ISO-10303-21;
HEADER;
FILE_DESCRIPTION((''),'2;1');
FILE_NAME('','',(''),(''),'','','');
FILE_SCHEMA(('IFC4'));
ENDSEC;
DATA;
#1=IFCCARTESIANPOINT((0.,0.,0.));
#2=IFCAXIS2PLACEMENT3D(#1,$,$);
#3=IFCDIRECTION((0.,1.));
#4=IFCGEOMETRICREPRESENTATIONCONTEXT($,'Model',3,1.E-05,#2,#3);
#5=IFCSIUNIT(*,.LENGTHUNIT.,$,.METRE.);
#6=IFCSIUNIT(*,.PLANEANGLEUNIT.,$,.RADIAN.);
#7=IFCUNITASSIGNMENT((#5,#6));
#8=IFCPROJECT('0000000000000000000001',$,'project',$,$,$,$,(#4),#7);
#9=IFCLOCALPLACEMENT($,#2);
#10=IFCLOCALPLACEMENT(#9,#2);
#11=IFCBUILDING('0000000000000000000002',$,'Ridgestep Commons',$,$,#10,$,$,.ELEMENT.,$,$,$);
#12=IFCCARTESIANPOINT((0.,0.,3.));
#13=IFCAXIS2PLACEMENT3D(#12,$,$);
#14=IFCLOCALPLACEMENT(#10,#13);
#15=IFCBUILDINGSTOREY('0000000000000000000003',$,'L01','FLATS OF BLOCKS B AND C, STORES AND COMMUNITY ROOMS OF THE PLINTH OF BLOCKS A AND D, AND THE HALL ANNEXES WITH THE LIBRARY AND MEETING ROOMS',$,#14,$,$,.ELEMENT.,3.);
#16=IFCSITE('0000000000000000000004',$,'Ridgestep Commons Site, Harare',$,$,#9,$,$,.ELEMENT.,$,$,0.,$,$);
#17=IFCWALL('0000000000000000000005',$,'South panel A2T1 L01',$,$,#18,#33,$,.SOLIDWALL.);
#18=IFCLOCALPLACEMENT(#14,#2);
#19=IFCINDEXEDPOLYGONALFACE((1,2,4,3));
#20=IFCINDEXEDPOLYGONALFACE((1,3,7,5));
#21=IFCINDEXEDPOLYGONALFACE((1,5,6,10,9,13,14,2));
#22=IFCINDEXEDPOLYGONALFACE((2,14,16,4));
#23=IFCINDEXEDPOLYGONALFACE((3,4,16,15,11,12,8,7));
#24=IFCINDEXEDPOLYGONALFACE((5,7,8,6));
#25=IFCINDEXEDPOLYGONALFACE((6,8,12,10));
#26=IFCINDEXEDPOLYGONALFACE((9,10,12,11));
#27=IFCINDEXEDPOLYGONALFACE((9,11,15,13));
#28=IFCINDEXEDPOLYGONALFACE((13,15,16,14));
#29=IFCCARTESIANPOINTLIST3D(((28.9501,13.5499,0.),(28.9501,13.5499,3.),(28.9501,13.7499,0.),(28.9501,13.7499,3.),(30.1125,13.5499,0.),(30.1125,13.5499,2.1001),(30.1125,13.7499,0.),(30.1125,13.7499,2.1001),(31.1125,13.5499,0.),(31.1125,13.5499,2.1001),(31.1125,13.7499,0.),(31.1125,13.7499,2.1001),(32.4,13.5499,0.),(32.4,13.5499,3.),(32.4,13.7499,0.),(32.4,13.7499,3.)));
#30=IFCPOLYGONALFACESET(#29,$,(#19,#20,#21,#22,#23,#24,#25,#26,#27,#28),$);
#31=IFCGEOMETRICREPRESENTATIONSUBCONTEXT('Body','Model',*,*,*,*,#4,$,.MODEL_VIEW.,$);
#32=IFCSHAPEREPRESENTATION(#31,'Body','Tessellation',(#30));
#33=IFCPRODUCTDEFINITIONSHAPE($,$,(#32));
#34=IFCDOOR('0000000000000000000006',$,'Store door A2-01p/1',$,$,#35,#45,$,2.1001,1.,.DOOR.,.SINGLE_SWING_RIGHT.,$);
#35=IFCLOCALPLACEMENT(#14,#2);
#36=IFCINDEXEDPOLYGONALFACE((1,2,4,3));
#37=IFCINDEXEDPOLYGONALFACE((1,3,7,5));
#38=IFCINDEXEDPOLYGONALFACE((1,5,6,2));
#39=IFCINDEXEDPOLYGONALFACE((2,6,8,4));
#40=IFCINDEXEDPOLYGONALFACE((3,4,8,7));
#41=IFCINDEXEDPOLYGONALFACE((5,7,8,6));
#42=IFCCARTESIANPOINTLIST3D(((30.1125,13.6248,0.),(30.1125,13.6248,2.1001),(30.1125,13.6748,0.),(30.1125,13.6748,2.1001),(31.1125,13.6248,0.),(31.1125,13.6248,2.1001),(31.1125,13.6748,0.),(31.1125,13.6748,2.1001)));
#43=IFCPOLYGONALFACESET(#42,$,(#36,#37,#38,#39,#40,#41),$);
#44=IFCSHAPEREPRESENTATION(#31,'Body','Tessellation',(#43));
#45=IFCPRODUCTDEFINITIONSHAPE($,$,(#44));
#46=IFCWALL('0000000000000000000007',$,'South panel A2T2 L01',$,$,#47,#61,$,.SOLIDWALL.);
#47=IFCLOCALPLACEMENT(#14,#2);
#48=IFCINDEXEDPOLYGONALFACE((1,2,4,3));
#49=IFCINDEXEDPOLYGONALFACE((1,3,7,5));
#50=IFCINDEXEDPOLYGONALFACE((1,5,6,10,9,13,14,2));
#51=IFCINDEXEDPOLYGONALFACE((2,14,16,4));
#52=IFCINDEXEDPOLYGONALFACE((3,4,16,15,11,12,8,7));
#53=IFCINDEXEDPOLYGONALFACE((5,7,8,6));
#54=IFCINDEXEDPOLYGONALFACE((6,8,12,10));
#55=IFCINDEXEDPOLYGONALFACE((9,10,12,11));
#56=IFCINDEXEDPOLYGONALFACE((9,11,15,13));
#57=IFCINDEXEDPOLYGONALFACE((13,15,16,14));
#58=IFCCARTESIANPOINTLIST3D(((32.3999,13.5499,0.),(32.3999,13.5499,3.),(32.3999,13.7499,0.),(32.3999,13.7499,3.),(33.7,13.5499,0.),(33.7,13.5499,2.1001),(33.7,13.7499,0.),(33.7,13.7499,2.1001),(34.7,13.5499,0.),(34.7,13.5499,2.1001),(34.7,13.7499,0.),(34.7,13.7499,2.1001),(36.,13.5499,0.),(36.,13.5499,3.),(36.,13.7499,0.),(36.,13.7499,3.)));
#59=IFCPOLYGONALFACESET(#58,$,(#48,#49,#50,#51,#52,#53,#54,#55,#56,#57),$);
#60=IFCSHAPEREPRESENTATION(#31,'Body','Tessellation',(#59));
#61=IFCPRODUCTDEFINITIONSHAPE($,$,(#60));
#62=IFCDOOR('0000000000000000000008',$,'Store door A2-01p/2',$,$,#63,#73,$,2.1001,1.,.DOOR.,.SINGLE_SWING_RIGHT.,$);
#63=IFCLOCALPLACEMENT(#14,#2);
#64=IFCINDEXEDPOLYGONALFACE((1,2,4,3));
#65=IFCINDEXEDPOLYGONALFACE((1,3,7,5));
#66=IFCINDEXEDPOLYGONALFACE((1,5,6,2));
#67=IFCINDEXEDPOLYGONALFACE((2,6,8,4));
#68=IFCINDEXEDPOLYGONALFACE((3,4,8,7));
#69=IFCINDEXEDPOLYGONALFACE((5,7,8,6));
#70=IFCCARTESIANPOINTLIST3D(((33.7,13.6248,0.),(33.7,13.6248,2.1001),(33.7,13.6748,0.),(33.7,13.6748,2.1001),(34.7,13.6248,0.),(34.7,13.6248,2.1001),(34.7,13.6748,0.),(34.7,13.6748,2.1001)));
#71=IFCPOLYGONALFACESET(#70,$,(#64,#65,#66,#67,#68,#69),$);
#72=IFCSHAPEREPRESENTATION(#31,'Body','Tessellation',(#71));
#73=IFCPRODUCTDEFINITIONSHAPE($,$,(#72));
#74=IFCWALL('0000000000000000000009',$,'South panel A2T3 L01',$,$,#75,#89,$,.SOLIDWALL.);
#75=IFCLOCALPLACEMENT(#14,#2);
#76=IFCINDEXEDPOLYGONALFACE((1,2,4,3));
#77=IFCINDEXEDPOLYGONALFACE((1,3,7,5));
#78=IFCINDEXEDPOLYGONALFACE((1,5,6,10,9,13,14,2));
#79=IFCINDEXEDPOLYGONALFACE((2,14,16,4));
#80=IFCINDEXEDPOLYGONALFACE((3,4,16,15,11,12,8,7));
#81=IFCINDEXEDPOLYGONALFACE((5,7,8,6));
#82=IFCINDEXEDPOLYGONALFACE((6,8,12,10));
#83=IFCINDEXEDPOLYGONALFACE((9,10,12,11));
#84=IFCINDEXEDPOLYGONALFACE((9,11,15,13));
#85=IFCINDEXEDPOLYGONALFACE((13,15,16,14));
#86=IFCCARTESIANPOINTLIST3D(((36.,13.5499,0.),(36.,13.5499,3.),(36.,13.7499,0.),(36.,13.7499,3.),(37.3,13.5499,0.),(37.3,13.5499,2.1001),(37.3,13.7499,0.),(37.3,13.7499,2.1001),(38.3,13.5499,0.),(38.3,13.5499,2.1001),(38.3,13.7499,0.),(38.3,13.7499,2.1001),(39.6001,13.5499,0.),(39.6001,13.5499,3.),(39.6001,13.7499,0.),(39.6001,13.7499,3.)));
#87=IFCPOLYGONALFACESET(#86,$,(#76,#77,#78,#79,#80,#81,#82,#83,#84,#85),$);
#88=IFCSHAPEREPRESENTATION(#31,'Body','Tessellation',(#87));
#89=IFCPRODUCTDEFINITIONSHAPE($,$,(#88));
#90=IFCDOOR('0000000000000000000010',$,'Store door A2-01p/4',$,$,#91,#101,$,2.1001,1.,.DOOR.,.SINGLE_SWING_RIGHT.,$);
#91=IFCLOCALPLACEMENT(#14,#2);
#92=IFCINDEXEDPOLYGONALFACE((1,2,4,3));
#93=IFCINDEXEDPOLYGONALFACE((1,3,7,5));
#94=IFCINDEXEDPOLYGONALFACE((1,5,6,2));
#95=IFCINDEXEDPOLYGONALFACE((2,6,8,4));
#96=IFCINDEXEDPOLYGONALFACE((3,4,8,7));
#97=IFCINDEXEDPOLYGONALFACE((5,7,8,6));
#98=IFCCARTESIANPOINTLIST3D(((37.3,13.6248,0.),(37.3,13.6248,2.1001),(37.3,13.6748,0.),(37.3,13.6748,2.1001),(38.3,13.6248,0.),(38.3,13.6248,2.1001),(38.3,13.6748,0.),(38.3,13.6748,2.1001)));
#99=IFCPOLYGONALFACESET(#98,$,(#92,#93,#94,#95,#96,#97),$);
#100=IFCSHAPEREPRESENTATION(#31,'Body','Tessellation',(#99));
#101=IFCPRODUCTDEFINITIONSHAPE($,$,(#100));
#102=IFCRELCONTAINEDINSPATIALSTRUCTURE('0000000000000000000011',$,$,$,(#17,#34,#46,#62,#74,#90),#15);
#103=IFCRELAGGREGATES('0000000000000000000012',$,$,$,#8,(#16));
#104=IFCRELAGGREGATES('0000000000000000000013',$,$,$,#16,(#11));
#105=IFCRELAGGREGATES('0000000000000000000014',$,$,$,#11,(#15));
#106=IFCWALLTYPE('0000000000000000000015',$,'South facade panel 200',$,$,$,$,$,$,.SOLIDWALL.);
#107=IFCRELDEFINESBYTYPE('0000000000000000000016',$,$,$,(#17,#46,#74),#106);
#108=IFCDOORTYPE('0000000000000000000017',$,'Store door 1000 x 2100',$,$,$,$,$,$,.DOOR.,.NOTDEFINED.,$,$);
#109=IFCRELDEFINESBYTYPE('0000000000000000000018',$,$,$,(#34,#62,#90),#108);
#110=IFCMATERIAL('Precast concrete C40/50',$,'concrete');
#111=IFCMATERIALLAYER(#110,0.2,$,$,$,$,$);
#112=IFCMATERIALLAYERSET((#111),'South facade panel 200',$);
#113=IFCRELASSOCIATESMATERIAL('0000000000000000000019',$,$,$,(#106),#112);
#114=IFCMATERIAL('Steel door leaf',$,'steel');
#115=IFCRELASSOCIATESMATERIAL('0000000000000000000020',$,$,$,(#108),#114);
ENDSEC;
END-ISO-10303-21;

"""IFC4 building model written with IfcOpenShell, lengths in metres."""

from ifc_helpers import new_model, si_unit, direction, frame, frame_2d, origin, place, context, subcontext, project, spatial, rectangle, extrude, material, layer, layer_set, type_object, element, fill, save


model = new_model("IFC4")

# Units and contexts
model_context = context("Model", 3, precision=1e-05, world=origin(), true_north=direction((0.0, 1.0)))
body_context = subcontext(model_context, "Body", "Model", "MODEL_VIEW")
ifc_project = project(units=[si_unit("LENGTHUNIT", "METRE"), si_unit("PLANEANGLEUNIT", "RADIAN")], contexts=[model_context])

# Site, building, storey
site_placement = place(None, origin())
site = spatial("IfcSite", under=ifc_project, at=site_placement, Name="Ridgestep Commons Site, Harare", CompositionType="ELEMENT", RefElevation=0.0)
building_placement = place(site_placement, origin())
building = spatial("IfcBuilding", under=site, at=building_placement, Name="Ridgestep Commons", CompositionType="ELEMENT")
storey_placement = place(building_placement, frame((0.0, 0.0, 3.0)))
storey = spatial("IfcBuildingStorey", under=building, at=storey_placement, Name="L01", Description="FLATS OF BLOCKS B AND C, STORES AND COMMUNITY ROOMS OF THE PLINTH OF BLOCKS A AND D, AND THE HALL ANNEXES WITH THE LIBRARY AND MEETING ROOMS", CompositionType="ELEMENT", Elevation=3.0)

# Walls, openings, doors
ifc_material_1 = material(Name="Precast concrete C40/50", Category="concrete")
ifc_layer_1 = layer(ifc_material_1, 0.2)
ifc_layer_set_1 = layer_set([ifc_layer_1], Name="South facade panel 200")
wall_type_1 = type_object("IfcWallType", Name="South facade panel 200", PredefinedType="SOLIDWALL", material=ifc_layer_set_1)
wall_1_placement = place(storey_placement, frame((28.95, 13.6499, 0.0), z_axis=(0.0, 0.0, 1.0), x_axis=(1.0, 0.0, 0.0)))
wall_1 = element("IfcWall", 1, at=wall_1_placement, inside=storey, type_object=wall_type_1, Name="South panel A2T1 L01", PredefinedType="SOLIDWALL", context=body_context, shape_type="SweptSolid", body=[
    extrude(rectangle(XDim=3.45, YDim=0.2, at=frame_2d((1.7251, 0.0))), origin(), (0.0, 0.0, 1.0), 3.0),
])
opening_1_placement = place(wall_1_placement, frame((1.1626, 0.0, 0.0)))
opening_1 = element("IfcOpeningElement", 2, at=opening_1_placement, cuts=wall_1, PredefinedType="OPENING", context=body_context, shape_type="SweptSolid", body=[
    extrude(rectangle(XDim=1.0, YDim=2.1001, at=frame_2d((0.5, 1.05))), frame((0.0, 0.1099, 0.0), z_axis=(0.0, -1.0, 0.0), x_axis=(1.0, 0.0, 0.0)), (0.0, 0.0, 1.0), 0.22),
])
ifc_material_2 = material(Name="Steel door leaf", Category="steel")
door_type_1 = type_object("IfcDoorType", Name="Store door 1000 x 2100", OperationType="NOTDEFINED", PredefinedType="DOOR", material=ifc_material_2)
door_1_placement = place(opening_1_placement, origin())
door_1 = element("IfcDoor", 3, at=door_1_placement, inside=storey, type_object=door_type_1, Name="Store door A2-01p/1", OperationType="SINGLE_SWING_RIGHT", OverallHeight=2.1001, OverallWidth=1.0, PredefinedType="DOOR", context=body_context, shape_type="SweptSolid", body=[
    extrude(rectangle(XDim=1.0, YDim=2.1001, at=frame_2d((0.5, 1.05))), frame((0.0, 0.0249, 0.0), z_axis=(0.0, -1.0, 0.0), x_axis=(1.0, 0.0, 0.0)), (0.0, 0.0, 1.0), 0.05),
])
fill(opening_1, door_1)
wall_2_placement = place(storey_placement, frame((32.3999, 13.6499, 0.0), z_axis=(0.0, 0.0, 1.0), x_axis=(1.0, 0.0, 0.0)))
wall_2 = element("IfcWall", 4, at=wall_2_placement, inside=storey, type_object=wall_type_1, Name="South panel A2T2 L01", PredefinedType="SOLIDWALL", context=body_context, shape_type="SweptSolid", body=[
    extrude(rectangle(XDim=3.6001, YDim=0.2, at=frame_2d((1.8, 0.0))), origin(), (0.0, 0.0, 1.0), 3.0),
])
opening_2_placement = place(wall_2_placement, frame((1.3, 0.0, 0.0)))
opening_2 = element("IfcOpeningElement", 5, at=opening_2_placement, cuts=wall_2, PredefinedType="OPENING", context=body_context, shape_type="SweptSolid", body=[
    extrude(rectangle(XDim=1.0, YDim=2.1001, at=frame_2d((0.5, 1.05))), frame((0.0, 0.1099, 0.0), z_axis=(0.0, -1.0, 0.0), x_axis=(1.0, 0.0, 0.0)), (0.0, 0.0, 1.0), 0.22),
])
door_2_placement = place(opening_2_placement, origin())
door_2 = element("IfcDoor", 6, at=door_2_placement, inside=storey, type_object=door_type_1, Name="Store door A2-01p/2", OperationType="SINGLE_SWING_RIGHT", OverallHeight=2.1001, OverallWidth=1.0, PredefinedType="DOOR", context=body_context, shape_type="SweptSolid", body=[
    extrude(rectangle(XDim=1.0, YDim=2.1001, at=frame_2d((0.5, 1.05))), frame((0.0, 0.0249, 0.0), z_axis=(0.0, -1.0, 0.0), x_axis=(1.0, 0.0, 0.0)), (0.0, 0.0, 1.0), 0.05),
])
fill(opening_2, door_2)
wall_3_placement = place(storey_placement, frame((36.0, 13.6499, 0.0), z_axis=(0.0, 0.0, 1.0), x_axis=(1.0, 0.0, 0.0)))
wall_3 = element("IfcWall", 7, at=wall_3_placement, inside=storey, type_object=wall_type_1, Name="South panel A2T3 L01", PredefinedType="SOLIDWALL", context=body_context, shape_type="SweptSolid", body=[
    extrude(rectangle(XDim=3.6001, YDim=0.2, at=frame_2d((1.8, 0.0))), origin(), (0.0, 0.0, 1.0), 3.0),
])
opening_3_placement = place(wall_3_placement, frame((1.3, 0.0, 0.0)))
opening_3 = element("IfcOpeningElement", 8, at=opening_3_placement, cuts=wall_3, PredefinedType="OPENING", context=body_context, shape_type="SweptSolid", body=[
    extrude(rectangle(XDim=1.0, YDim=2.1001, at=frame_2d((0.5, 1.05))), frame((0.0, 0.1099, 0.0), z_axis=(0.0, -1.0, 0.0), x_axis=(1.0, 0.0, 0.0)), (0.0, 0.0, 1.0), 0.22),
])
door_3_placement = place(opening_3_placement, origin())
door_3 = element("IfcDoor", 9, at=door_3_placement, inside=storey, type_object=door_type_1, Name="Store door A2-01p/4", OperationType="SINGLE_SWING_RIGHT", OverallHeight=2.1001, OverallWidth=1.0, PredefinedType="DOOR", context=body_context, shape_type="SweptSolid", body=[
    extrude(rectangle(XDim=1.0, YDim=2.1001, at=frame_2d((0.5, 1.05))), frame((0.0, 0.0249, 0.0), z_axis=(0.0, -1.0, 0.0), x_axis=(1.0, 0.0, 0.0)), (0.0, 0.0, 1.0), 0.05),
])
fill(opening_3, door_3)

save(model, "model.ifc")
